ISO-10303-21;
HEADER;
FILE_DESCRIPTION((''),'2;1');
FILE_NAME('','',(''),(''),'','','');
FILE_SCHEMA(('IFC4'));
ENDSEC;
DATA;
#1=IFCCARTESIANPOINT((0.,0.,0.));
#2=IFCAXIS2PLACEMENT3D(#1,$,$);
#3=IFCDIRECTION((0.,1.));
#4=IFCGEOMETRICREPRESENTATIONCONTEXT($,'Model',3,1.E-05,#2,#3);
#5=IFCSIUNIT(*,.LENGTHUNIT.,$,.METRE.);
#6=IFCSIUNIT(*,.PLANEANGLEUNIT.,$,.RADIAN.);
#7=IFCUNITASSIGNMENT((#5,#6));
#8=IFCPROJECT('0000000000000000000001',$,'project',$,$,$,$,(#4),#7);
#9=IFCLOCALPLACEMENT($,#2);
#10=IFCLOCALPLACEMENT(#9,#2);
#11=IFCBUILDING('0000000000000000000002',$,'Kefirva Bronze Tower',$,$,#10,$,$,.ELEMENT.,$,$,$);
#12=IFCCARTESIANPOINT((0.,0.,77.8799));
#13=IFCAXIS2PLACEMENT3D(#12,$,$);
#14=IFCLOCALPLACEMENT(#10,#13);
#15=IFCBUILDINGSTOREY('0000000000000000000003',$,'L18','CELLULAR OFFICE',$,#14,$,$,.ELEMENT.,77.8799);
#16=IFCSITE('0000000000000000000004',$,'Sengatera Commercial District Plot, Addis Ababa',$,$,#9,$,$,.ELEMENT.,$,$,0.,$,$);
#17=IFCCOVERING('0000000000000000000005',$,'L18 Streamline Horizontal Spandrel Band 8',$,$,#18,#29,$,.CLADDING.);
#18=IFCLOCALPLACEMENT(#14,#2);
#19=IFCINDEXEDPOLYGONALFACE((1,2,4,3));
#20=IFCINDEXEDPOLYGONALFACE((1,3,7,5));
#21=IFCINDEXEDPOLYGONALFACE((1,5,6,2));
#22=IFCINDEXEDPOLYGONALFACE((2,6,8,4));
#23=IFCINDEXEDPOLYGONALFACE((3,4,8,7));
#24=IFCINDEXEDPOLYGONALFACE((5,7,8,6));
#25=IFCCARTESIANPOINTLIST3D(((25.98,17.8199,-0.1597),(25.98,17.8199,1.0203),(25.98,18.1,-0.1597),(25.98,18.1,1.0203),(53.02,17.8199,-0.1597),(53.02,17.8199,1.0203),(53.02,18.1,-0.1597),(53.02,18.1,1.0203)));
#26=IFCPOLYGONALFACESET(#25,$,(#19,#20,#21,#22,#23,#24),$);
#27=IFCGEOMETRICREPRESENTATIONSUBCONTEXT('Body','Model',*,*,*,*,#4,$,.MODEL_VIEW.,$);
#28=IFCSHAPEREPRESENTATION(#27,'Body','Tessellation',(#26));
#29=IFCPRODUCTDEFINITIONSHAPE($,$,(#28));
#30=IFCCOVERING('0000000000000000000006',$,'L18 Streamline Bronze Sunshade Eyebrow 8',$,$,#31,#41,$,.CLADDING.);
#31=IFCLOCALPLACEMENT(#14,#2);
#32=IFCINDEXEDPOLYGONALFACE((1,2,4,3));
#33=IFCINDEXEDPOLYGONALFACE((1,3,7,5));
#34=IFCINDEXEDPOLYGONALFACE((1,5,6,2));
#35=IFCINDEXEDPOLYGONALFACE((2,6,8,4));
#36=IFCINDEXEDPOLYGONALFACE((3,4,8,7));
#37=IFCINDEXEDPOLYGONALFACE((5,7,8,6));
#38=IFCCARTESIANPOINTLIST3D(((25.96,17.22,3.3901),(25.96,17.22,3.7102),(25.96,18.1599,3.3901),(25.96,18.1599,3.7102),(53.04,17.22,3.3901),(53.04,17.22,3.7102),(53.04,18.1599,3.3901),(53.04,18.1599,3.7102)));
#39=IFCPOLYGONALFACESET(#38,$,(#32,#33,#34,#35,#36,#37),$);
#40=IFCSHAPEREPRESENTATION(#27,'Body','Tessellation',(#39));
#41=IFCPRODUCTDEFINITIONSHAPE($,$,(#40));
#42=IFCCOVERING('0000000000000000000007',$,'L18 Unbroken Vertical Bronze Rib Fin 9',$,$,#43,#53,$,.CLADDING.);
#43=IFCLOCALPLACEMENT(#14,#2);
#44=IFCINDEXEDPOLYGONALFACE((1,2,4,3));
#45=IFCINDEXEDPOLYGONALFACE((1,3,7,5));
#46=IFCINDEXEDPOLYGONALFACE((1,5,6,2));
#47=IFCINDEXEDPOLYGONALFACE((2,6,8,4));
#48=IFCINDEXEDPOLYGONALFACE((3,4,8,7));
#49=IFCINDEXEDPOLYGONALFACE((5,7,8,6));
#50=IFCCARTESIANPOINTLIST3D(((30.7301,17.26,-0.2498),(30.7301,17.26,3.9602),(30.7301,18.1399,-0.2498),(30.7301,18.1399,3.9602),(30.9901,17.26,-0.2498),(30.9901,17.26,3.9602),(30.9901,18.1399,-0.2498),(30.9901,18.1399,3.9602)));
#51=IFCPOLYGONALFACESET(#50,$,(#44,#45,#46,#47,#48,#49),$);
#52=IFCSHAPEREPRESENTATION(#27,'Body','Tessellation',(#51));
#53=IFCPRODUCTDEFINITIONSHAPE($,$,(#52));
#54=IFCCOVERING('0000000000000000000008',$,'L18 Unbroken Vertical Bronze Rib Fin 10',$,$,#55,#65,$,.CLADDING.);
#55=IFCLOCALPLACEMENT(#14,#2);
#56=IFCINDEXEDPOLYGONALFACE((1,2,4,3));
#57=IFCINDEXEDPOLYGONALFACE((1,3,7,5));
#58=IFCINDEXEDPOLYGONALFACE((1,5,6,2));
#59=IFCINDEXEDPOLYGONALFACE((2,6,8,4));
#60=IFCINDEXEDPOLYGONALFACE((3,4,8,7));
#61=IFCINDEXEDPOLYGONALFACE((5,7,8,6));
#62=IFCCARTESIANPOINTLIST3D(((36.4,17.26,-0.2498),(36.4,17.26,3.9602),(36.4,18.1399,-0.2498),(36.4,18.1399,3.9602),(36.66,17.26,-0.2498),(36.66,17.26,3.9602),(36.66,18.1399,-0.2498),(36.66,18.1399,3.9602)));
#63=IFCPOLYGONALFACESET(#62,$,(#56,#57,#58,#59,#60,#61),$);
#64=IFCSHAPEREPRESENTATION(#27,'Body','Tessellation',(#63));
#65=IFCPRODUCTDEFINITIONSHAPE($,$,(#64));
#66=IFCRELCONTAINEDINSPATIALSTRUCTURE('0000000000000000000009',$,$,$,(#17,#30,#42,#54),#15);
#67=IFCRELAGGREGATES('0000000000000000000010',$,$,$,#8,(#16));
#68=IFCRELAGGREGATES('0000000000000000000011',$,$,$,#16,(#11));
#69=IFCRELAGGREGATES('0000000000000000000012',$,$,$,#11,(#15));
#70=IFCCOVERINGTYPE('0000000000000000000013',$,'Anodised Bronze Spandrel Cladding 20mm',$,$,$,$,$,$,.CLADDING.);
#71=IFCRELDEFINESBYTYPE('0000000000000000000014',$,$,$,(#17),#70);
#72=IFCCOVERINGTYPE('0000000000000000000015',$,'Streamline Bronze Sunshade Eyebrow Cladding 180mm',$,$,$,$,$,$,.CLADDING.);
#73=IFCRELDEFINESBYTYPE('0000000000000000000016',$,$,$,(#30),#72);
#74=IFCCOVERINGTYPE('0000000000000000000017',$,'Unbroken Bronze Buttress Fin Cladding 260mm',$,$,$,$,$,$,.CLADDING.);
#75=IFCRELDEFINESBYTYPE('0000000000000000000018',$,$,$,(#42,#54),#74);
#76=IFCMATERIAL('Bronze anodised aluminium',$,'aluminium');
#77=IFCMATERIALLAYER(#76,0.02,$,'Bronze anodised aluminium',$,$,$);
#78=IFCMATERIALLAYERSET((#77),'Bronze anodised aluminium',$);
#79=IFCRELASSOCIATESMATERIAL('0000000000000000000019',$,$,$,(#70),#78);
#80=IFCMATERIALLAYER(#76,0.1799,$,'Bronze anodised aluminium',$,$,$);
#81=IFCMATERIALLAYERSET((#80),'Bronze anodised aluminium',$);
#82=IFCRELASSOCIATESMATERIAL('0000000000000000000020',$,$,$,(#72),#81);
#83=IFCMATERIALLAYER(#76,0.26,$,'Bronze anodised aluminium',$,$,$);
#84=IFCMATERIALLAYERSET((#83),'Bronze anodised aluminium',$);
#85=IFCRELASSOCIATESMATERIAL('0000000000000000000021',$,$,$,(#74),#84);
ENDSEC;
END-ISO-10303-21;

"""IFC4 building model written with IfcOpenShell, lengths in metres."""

from ifc_helpers import new_model, si_unit, direction, frame, origin, origin_2d, place, context, subcontext, project, spatial, rectangle, extrude, material, layer, layer_set, type_object, element, save


model = new_model("IFC4")

# Units and contexts
model_context = context("Model", 3, precision=1e-05, world=origin(), true_north=direction((0.0, 1.0)))
body_context = subcontext(model_context, "Body", "Model", "MODEL_VIEW")
ifc_project = project(units=[si_unit("LENGTHUNIT", "METRE"), si_unit("PLANEANGLEUNIT", "RADIAN")], contexts=[model_context])

# Site, building, storey
site_placement = place(None, origin())
site = spatial("IfcSite", under=ifc_project, at=site_placement, Name="Sengatera Commercial District Plot, Addis Ababa", CompositionType="ELEMENT", RefElevation=0.0)
building_placement = place(site_placement, origin())
building = spatial("IfcBuilding", under=site, at=building_placement, Name="Kefirva Bronze Tower", CompositionType="ELEMENT")
storey_placement = place(building_placement, frame((0.0, 0.0, 77.8799)))
storey = spatial("IfcBuildingStorey", under=building, at=storey_placement, Name="L18", Description="CELLULAR OFFICE", CompositionType="ELEMENT", Elevation=77.8799)

# Shared definitions
ifc_material_1 = material(Name="Bronze anodised aluminium", Category="aluminium")

# Coverings
ifc_layer_1 = layer(ifc_material_1, 0.02, Name="Bronze anodised aluminium")
ifc_layer_set_1 = layer_set([ifc_layer_1], Name="Bronze anodised aluminium")
covering_type_1 = type_object("IfcCoveringType", Name="Anodised Bronze Spandrel Cladding 20mm", PredefinedType="CLADDING", material=ifc_layer_set_1)
covering_1_placement = place(storey_placement, frame((39.5, 17.96, -0.1597), z_axis=(0.0, 0.0, 1.0), x_axis=(1.0, 0.0, 0.0)))
element("IfcCovering", 1, at=covering_1_placement, inside=storey, type_object=covering_type_1, Name="L18 Streamline Horizontal Spandrel Band 8", PredefinedType="CLADDING", context=body_context, shape_type="SweptSolid", body=[
    extrude(rectangle(XDim=27.04, YDim=0.28, at=origin_2d()), origin(), (0.0, 0.0, 1.0), 1.1799),
])
ifc_layer_2 = layer(ifc_material_1, 0.1799, Name="Bronze anodised aluminium")
ifc_layer_set_2 = layer_set([ifc_layer_2], Name="Bronze anodised aluminium")
covering_type_2 = type_object("IfcCoveringType", Name="Streamline Bronze Sunshade Eyebrow Cladding 180mm", PredefinedType="CLADDING", material=ifc_layer_set_2)
covering_2_placement = place(storey_placement, frame((39.5, 17.6899, 3.3901), z_axis=(0.0, 0.0, 1.0), x_axis=(1.0, 0.0, 0.0)))
element("IfcCovering", 2, at=covering_2_placement, inside=storey, type_object=covering_type_2, Name="L18 Streamline Bronze Sunshade Eyebrow 8", PredefinedType="CLADDING", context=body_context, shape_type="SweptSolid", body=[
    extrude(rectangle(XDim=27.0801, YDim=0.9399, at=origin_2d()), origin(), (0.0, 0.0, 1.0), 0.3201),
])
ifc_layer_3 = layer(ifc_material_1, 0.26, Name="Bronze anodised aluminium")
ifc_layer_set_3 = layer_set([ifc_layer_3], Name="Bronze anodised aluminium")
covering_type_3 = type_object("IfcCoveringType", Name="Unbroken Bronze Buttress Fin Cladding 260mm", PredefinedType="CLADDING", material=ifc_layer_set_3)
for number, where, z_axis, x_axis, name in (
    (3, (30.8601, 17.7, -0.2498), (0.0, 0.0, 1.0), (1.0, 0.0, 0.0), "L18 Unbroken Vertical Bronze Rib Fin 9"),
    (4, (36.53, 17.7, -0.2498), (0.0, 0.0, 1.0), (1.0, 0.0, 0.0), "L18 Unbroken Vertical Bronze Rib Fin 10"),
):
    element("IfcCovering", number, at=place(storey_placement, frame(where, z_axis=z_axis, x_axis=x_axis)), inside=storey, type_object=covering_type_3, Name=name, PredefinedType="CLADDING", context=body_context, shape_type="SweptSolid", body=[
        extrude(rectangle(XDim=0.26, YDim=0.8799, at=origin_2d()), origin(), (0.0, 0.0, 1.0), 4.21),
    ])

save(model, "model.ifc")
